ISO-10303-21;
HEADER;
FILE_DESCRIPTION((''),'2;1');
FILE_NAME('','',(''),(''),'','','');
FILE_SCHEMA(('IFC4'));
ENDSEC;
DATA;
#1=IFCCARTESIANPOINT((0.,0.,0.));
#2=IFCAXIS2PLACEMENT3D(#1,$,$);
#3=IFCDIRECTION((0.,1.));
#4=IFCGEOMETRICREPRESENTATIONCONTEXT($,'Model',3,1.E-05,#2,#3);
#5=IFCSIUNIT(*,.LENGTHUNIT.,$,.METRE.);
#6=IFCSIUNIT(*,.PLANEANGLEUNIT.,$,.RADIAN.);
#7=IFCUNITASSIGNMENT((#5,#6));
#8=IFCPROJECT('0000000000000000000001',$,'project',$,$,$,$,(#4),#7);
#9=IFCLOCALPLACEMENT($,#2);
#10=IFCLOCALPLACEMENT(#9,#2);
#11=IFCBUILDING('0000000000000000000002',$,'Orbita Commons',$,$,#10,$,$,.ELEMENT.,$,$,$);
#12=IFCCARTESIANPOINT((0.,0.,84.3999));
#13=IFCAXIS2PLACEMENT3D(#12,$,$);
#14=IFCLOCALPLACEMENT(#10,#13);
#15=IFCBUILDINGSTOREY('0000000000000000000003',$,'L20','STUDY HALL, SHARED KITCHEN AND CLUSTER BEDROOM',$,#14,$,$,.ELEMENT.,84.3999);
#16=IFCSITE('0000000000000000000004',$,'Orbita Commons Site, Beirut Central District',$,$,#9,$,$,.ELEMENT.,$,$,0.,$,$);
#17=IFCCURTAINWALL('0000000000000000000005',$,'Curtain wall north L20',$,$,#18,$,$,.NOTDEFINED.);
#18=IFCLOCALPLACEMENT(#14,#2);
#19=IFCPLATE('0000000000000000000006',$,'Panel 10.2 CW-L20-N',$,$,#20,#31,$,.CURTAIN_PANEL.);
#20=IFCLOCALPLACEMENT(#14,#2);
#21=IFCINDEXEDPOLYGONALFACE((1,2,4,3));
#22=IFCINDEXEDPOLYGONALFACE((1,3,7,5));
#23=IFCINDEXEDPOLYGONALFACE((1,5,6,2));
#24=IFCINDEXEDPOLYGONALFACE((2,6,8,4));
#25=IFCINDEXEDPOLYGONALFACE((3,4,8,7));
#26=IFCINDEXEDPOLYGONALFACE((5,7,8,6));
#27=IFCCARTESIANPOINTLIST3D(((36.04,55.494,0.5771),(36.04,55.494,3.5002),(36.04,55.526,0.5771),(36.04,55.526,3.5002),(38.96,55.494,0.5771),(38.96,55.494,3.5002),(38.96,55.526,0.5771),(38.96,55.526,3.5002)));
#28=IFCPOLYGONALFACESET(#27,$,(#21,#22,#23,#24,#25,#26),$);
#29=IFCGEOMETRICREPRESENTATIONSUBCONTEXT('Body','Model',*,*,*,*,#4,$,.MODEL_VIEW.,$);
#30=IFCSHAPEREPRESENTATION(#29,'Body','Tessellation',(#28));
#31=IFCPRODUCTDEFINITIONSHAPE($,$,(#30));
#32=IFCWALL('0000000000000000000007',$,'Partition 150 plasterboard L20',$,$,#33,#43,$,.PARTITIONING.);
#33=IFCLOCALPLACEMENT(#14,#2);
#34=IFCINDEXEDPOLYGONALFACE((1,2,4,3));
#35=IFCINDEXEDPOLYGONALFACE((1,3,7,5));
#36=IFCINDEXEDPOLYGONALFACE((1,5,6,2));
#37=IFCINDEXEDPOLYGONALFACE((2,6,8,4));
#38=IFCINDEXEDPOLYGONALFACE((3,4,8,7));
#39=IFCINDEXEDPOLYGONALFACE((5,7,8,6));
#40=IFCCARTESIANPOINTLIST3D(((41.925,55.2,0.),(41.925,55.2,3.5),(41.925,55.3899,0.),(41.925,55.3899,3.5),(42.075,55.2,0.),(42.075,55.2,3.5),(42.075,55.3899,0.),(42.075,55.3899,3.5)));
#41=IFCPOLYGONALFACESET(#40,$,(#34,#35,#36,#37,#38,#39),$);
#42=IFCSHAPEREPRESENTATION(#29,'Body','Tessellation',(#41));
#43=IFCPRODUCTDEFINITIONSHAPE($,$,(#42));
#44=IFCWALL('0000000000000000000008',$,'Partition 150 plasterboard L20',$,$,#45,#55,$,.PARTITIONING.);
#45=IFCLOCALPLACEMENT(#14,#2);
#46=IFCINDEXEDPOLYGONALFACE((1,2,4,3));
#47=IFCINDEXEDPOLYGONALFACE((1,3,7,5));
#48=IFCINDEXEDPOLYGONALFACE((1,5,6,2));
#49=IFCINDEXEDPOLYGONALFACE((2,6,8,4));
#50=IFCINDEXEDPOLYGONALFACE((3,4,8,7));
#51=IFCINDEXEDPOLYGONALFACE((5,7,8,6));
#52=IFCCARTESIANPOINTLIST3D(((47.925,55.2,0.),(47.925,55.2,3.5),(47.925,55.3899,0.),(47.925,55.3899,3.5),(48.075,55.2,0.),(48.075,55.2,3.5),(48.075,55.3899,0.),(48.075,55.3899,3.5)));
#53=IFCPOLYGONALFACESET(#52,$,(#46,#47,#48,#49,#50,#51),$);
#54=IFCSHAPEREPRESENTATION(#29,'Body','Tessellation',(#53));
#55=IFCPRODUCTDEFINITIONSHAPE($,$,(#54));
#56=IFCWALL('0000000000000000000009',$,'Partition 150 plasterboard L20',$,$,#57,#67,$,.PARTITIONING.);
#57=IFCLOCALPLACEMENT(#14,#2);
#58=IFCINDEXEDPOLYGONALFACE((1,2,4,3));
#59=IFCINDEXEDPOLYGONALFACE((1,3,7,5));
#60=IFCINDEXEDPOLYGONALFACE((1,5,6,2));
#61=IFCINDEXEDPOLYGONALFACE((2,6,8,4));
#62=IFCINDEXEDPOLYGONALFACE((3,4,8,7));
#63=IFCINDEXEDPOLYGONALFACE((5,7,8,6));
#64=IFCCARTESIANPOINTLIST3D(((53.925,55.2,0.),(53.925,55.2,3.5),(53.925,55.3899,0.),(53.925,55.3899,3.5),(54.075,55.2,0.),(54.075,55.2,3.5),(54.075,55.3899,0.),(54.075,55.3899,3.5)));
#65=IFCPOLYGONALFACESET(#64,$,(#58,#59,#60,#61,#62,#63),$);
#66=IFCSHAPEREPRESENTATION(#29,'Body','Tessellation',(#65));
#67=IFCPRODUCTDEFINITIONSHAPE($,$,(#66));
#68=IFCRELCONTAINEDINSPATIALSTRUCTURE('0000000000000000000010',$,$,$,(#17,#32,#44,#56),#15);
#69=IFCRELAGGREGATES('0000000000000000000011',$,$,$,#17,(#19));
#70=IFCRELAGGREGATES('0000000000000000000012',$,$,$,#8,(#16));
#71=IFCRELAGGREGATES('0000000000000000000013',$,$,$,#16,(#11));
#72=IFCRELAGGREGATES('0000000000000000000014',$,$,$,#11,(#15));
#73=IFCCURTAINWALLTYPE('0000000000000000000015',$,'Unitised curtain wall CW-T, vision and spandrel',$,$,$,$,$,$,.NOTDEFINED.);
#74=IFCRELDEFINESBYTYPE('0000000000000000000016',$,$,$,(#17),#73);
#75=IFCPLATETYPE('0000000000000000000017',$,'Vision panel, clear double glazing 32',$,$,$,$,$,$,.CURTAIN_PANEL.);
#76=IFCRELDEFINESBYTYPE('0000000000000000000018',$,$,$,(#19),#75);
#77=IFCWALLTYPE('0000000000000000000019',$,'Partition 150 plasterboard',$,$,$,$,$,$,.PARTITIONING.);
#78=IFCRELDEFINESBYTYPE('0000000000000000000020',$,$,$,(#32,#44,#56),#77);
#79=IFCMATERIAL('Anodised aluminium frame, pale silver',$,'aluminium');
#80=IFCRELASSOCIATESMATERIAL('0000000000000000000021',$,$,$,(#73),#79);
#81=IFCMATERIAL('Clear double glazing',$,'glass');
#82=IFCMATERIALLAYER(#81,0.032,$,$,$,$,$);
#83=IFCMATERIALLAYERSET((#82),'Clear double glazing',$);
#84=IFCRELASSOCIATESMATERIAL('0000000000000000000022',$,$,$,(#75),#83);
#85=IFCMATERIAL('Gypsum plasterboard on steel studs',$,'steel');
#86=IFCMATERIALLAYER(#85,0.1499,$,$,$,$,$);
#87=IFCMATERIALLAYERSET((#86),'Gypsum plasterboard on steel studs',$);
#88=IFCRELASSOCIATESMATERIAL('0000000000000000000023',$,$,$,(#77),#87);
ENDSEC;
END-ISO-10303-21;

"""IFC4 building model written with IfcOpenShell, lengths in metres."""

from ifc_helpers import new_model, si_unit, direction, frame, frame_2d, origin, origin_2d, place, context, subcontext, project, spatial, rectangle, extrude, material, layer, layer_set, type_object, element, aggregate, save


model = new_model("IFC4")

# Units and contexts
model_context = context("Model", 3, precision=1e-05, world=origin(), true_north=direction((0.0, 1.0)))
body_context = subcontext(model_context, "Body", "Model", "MODEL_VIEW")
ifc_project = project(units=[si_unit("LENGTHUNIT", "METRE"), si_unit("PLANEANGLEUNIT", "RADIAN")], contexts=[model_context])

# Site, building, storey
site_placement = place(None, origin())
site = spatial("IfcSite", under=ifc_project, at=site_placement, Name="Orbita Commons Site, Beirut Central District", CompositionType="ELEMENT", RefElevation=0.0)
building_placement = place(site_placement, origin())
building = spatial("IfcBuilding", under=site, at=building_placement, Name="Orbita Commons", CompositionType="ELEMENT")
storey_placement = place(building_placement, frame((0.0, 0.0, 84.3999)))
storey = spatial("IfcBuildingStorey", under=building, at=storey_placement, Name="L20", Description="STUDY HALL, SHARED KITCHEN AND CLUSTER BEDROOM", CompositionType="ELEMENT", Elevation=84.3999)

# Curtain wall
ifc_material_1 = material(Name="Anodised aluminium frame, pale silver", Category="aluminium")
curtain_wall_type = type_object("IfcCurtainWallType", Name="Unitised curtain wall CW-T, vision and spandrel", PredefinedType="NOTDEFINED", material=ifc_material_1)
curtain_wall_placement = place(storey_placement, origin())
curtain_wall = element("IfcCurtainWall", 1, at=curtain_wall_placement, inside=storey, type_object=curtain_wall_type, Name="Curtain wall north L20", PredefinedType="NOTDEFINED")

# Plate
ifc_material_2 = material(Name="Clear double glazing", Category="glass")
ifc_layer_1 = layer(ifc_material_2, 0.032)
ifc_layer_set_1 = layer_set([ifc_layer_1], Name="Clear double glazing")
plate_type_1 = type_object("IfcPlateType", Name="Vision panel, clear double glazing 32", PredefinedType="CURTAIN_PANEL", material=ifc_layer_set_1)
plate_1_placement = place(storey_placement, frame((37.5, 55.51, 0.5771), z_axis=(0.0, 0.0, 1.0), x_axis=(-1.0, 0.0, 0.0)))
plate_1 = element("IfcPlate", 2, at=plate_1_placement, type_object=plate_type_1, Name="Panel 10.2 CW-L20-N", PredefinedType="CURTAIN_PANEL", context=body_context, shape_type="SweptSolid", body=[
    extrude(rectangle(XDim=2.9199, YDim=0.032, at=origin_2d()), origin(), (0.0, 0.0, 1.0), 2.9231),
])
aggregate(curtain_wall, [plate_1])

# Walls
ifc_material_3 = material(Name="Gypsum plasterboard on steel studs", Category="steel")
ifc_layer_2 = layer(ifc_material_3, 0.1499)
ifc_layer_set_2 = layer_set([ifc_layer_2], Name="Gypsum plasterboard on steel studs")
wall_type = type_object("IfcWallType", Name="Partition 150 plasterboard", PredefinedType="PARTITIONING", material=ifc_layer_set_2)
for number, where, z_axis, x_axis, name in (
    (3, (42.0, 55.2, 0.0), (0.0, 0.0, 1.0), (0.0, 1.0, 0.0), "Partition 150 plasterboard L20"),
    (4, (48.0, 55.2, 0.0), (0.0, 0.0, 1.0), (0.0, 1.0, 0.0), "Partition 150 plasterboard L20"),
    (5, (54.0, 55.2, 0.0), (0.0, 0.0, 1.0), (0.0, 1.0, 0.0), "Partition 150 plasterboard L20"),
):
    element("IfcWall", number, at=place(storey_placement, frame(where, z_axis=z_axis, x_axis=x_axis)), inside=storey, type_object=wall_type, Name=name, PredefinedType="PARTITIONING", context=body_context, shape_type="SweptSolid", body=[
        extrude(rectangle(XDim=0.1899, YDim=0.1499, at=frame_2d((0.095, 0.0))), origin(), (0.0, 0.0, 1.0), 3.5),
    ])

save(model, "model.ifc")
